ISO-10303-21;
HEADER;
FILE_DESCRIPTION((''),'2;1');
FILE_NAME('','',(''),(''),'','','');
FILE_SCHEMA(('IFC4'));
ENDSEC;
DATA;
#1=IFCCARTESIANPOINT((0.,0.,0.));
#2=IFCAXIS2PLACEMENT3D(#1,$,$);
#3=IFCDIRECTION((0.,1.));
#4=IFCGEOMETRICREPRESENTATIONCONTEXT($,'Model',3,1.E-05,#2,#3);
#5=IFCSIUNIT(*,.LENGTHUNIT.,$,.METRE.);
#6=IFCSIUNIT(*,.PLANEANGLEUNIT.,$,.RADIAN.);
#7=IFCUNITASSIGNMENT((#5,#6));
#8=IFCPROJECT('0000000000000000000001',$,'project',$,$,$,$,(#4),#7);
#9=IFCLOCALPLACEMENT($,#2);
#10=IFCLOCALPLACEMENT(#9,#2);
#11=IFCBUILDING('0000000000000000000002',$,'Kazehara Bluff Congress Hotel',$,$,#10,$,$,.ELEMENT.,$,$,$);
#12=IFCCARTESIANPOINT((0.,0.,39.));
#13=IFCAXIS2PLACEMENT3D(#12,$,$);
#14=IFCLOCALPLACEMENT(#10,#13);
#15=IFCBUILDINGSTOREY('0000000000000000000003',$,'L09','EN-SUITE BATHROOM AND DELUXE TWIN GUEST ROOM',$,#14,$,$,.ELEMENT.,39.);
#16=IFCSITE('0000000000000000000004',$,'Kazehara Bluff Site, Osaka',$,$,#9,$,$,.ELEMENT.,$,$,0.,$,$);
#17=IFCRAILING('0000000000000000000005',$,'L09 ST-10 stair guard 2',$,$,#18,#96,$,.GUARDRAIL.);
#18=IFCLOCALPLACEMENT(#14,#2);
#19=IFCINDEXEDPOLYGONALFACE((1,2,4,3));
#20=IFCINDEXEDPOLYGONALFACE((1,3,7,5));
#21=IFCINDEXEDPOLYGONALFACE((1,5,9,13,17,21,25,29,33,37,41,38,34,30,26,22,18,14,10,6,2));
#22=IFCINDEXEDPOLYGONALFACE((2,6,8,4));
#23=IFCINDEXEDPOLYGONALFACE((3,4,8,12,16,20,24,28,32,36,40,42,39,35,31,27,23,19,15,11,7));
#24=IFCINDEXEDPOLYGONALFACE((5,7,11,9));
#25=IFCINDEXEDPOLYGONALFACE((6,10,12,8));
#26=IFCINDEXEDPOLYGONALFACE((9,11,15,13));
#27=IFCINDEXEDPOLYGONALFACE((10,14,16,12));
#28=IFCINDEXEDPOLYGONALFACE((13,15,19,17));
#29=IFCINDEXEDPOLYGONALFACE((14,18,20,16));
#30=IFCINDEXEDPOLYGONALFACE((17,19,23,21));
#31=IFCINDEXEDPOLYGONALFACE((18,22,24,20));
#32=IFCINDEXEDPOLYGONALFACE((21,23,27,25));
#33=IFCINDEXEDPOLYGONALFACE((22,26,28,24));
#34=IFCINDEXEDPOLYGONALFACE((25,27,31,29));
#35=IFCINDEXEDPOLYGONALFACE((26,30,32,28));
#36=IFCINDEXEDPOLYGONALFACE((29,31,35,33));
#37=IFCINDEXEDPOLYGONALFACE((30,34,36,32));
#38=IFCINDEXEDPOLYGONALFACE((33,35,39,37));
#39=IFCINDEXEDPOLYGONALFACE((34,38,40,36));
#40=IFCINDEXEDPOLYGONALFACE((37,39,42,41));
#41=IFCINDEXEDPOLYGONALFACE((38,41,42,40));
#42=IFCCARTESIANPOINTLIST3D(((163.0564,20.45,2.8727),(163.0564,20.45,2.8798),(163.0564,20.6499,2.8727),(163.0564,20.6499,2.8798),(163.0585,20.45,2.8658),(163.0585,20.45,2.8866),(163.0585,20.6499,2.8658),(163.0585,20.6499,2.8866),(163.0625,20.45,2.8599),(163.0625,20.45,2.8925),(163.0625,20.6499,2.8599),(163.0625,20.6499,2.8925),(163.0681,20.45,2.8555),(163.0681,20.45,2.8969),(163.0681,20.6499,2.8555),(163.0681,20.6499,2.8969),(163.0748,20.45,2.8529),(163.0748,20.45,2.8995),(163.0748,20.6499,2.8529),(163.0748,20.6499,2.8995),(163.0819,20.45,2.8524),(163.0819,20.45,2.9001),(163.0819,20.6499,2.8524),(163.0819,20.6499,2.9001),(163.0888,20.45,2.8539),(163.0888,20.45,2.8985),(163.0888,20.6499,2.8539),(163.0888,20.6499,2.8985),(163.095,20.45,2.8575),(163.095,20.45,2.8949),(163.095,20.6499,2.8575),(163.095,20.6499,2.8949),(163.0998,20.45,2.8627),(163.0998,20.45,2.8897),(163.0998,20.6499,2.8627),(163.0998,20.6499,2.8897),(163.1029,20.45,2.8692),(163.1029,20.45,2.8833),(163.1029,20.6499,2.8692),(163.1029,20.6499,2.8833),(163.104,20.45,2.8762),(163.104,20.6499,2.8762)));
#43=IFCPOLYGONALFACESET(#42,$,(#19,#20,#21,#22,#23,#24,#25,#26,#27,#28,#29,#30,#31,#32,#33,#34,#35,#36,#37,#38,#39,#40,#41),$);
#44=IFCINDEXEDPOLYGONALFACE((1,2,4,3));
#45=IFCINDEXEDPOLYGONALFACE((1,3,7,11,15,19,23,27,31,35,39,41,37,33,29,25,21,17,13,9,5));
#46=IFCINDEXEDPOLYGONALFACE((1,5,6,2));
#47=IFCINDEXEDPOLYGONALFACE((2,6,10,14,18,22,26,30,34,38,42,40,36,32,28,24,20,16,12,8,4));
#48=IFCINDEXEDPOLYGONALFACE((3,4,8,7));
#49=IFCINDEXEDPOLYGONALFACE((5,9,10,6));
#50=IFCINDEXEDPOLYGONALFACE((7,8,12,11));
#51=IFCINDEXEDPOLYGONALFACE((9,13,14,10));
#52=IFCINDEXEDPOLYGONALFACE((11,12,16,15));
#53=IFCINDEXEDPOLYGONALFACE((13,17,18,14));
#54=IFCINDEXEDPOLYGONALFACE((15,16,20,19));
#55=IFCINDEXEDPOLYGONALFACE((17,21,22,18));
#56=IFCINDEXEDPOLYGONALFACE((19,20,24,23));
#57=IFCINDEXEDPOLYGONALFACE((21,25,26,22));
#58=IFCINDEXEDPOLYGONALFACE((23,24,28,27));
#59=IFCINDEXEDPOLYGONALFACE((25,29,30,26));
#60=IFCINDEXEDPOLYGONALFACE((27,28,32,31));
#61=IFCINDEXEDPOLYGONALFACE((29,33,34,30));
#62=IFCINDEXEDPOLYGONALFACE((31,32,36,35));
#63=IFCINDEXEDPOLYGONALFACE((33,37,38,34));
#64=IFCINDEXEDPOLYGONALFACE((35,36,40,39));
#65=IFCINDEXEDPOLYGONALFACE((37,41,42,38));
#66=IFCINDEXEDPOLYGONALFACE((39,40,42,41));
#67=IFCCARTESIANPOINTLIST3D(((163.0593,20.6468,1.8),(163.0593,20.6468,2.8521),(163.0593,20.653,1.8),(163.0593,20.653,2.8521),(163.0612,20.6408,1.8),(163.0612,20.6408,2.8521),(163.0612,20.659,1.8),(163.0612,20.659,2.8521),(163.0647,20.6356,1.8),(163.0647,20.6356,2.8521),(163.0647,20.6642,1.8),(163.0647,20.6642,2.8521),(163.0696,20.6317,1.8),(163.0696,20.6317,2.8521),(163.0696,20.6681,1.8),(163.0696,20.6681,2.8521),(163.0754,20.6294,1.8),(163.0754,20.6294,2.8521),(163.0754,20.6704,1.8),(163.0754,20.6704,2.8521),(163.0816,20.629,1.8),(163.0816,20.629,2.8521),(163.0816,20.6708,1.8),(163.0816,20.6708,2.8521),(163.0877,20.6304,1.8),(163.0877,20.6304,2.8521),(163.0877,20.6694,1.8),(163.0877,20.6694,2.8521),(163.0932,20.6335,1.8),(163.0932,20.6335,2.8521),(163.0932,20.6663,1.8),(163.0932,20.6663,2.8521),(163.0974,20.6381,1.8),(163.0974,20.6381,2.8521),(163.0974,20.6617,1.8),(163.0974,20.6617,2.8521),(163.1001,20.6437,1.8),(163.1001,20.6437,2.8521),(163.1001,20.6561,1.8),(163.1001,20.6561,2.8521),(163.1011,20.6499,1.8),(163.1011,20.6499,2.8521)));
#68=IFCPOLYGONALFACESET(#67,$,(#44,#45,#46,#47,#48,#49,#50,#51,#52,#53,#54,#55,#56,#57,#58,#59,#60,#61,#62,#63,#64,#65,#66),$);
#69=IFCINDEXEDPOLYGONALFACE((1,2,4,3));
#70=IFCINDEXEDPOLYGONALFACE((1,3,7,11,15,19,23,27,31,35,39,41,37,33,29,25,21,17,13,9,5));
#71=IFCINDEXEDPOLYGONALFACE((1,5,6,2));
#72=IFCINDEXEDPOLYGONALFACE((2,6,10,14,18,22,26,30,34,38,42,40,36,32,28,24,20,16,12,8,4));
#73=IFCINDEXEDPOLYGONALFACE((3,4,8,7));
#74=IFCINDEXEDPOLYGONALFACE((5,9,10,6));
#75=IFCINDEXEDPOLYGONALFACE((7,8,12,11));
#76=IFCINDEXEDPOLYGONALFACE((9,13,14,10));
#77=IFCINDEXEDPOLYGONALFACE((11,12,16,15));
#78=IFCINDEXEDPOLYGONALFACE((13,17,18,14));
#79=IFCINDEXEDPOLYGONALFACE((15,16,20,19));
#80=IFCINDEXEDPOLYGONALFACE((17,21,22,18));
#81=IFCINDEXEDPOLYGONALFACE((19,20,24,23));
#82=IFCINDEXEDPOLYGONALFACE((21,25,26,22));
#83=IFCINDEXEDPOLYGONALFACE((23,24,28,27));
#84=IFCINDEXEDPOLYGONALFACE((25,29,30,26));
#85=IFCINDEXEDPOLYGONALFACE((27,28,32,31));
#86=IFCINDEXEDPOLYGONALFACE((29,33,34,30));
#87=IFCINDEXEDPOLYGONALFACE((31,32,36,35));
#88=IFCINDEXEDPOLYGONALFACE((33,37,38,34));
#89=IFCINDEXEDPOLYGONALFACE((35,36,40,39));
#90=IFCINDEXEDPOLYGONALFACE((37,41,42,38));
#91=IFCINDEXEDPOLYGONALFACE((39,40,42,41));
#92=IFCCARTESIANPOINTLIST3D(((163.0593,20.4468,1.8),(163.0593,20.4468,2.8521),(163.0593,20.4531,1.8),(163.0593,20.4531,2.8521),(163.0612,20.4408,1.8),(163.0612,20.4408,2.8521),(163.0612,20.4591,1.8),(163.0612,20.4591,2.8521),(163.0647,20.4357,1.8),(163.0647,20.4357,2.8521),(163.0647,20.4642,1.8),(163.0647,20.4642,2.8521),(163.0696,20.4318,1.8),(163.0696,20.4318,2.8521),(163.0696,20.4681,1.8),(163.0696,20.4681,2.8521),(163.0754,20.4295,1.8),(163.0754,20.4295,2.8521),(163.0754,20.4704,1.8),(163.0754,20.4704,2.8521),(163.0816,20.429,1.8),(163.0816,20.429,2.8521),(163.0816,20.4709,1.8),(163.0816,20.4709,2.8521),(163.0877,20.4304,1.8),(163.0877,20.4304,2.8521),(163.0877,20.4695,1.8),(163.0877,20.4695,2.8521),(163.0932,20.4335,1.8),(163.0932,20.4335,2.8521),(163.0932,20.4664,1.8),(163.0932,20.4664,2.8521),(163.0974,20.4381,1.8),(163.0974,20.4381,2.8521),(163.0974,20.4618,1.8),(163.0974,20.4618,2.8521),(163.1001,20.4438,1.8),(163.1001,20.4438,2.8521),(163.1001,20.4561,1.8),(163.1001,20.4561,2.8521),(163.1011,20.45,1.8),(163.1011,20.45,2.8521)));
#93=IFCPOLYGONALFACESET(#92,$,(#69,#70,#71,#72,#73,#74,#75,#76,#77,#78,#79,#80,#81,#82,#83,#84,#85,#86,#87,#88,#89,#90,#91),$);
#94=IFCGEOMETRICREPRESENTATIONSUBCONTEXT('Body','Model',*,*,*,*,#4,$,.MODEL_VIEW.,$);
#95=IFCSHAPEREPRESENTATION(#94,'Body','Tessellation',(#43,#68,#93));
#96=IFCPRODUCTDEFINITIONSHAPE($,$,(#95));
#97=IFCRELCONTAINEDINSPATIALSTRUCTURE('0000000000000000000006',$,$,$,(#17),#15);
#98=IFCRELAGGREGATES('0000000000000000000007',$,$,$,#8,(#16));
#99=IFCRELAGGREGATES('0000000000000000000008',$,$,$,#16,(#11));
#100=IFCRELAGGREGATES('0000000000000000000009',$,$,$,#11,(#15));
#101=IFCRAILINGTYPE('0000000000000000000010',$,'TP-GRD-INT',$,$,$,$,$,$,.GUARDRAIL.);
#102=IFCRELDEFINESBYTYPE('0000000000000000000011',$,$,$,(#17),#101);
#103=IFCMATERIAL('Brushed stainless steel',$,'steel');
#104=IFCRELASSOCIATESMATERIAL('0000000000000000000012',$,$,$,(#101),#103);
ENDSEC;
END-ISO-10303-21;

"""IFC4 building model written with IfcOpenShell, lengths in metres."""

from ifc_helpers import new_model, si_unit, direction, frame, origin, origin_2d, place, context, subcontext, project, spatial, circle, extrude, material, type_object, element, save


model = new_model("IFC4")

# Units and contexts
model_context = context("Model", 3, precision=1e-05, world=origin(), true_north=direction((0.0, 1.0)))
body_context = subcontext(model_context, "Body", "Model", "MODEL_VIEW")
ifc_project = project(units=[si_unit("LENGTHUNIT", "METRE"), si_unit("PLANEANGLEUNIT", "RADIAN")], contexts=[model_context])

# Site, building, storey
site_placement = place(None, origin())
site = spatial("IfcSite", under=ifc_project, at=site_placement, Name="Kazehara Bluff Site, Osaka", CompositionType="ELEMENT", RefElevation=0.0)
building_placement = place(site_placement, origin())
building = spatial("IfcBuilding", under=site, at=building_placement, Name="Kazehara Bluff Congress Hotel", CompositionType="ELEMENT")
storey_placement = place(building_placement, frame((0.0, 0.0, 39.0)))
storey = spatial("IfcBuildingStorey", under=building, at=storey_placement, Name="L09", Description="EN-SUITE BATHROOM AND DELUXE TWIN GUEST ROOM", CompositionType="ELEMENT", Elevation=39.0)

# Railing
ifc_material_1 = material(Name="Brushed stainless steel", Category="steel")
railing_type_1 = type_object("IfcRailingType", Name="TP-GRD-INT", PredefinedType="GUARDRAIL", material=ifc_material_1)
railing_1_placement = place(storey_placement, frame((163.0801, 20.6499, 1.8)))
element("IfcRailing", 1, at=railing_1_placement, inside=storey, type_object=railing_type_1, Name="L09 ST-10 stair guard 2", PredefinedType="GUARDRAIL", context=body_context, shape_type="SweptSolid", body=[
    extrude(circle(Radius=0.0239, at=origin_2d()), frame((0.0, 0.0, 1.0762), z_axis=(0.0, -1.0, 0.0), x_axis=(1.0, 0.0, 0.0)), (0.0, 0.0, 1.0), 0.2),
    extrude(circle(Radius=0.021, at=origin_2d()), origin(), (0.0, 0.0, 1.0), 1.052),
    extrude(circle(Radius=0.021, at=origin_2d()), frame((0.0, -0.2, 0.0)), (0.0, 0.0, 1.0), 1.052),
])

save(model, "model.ifc")
